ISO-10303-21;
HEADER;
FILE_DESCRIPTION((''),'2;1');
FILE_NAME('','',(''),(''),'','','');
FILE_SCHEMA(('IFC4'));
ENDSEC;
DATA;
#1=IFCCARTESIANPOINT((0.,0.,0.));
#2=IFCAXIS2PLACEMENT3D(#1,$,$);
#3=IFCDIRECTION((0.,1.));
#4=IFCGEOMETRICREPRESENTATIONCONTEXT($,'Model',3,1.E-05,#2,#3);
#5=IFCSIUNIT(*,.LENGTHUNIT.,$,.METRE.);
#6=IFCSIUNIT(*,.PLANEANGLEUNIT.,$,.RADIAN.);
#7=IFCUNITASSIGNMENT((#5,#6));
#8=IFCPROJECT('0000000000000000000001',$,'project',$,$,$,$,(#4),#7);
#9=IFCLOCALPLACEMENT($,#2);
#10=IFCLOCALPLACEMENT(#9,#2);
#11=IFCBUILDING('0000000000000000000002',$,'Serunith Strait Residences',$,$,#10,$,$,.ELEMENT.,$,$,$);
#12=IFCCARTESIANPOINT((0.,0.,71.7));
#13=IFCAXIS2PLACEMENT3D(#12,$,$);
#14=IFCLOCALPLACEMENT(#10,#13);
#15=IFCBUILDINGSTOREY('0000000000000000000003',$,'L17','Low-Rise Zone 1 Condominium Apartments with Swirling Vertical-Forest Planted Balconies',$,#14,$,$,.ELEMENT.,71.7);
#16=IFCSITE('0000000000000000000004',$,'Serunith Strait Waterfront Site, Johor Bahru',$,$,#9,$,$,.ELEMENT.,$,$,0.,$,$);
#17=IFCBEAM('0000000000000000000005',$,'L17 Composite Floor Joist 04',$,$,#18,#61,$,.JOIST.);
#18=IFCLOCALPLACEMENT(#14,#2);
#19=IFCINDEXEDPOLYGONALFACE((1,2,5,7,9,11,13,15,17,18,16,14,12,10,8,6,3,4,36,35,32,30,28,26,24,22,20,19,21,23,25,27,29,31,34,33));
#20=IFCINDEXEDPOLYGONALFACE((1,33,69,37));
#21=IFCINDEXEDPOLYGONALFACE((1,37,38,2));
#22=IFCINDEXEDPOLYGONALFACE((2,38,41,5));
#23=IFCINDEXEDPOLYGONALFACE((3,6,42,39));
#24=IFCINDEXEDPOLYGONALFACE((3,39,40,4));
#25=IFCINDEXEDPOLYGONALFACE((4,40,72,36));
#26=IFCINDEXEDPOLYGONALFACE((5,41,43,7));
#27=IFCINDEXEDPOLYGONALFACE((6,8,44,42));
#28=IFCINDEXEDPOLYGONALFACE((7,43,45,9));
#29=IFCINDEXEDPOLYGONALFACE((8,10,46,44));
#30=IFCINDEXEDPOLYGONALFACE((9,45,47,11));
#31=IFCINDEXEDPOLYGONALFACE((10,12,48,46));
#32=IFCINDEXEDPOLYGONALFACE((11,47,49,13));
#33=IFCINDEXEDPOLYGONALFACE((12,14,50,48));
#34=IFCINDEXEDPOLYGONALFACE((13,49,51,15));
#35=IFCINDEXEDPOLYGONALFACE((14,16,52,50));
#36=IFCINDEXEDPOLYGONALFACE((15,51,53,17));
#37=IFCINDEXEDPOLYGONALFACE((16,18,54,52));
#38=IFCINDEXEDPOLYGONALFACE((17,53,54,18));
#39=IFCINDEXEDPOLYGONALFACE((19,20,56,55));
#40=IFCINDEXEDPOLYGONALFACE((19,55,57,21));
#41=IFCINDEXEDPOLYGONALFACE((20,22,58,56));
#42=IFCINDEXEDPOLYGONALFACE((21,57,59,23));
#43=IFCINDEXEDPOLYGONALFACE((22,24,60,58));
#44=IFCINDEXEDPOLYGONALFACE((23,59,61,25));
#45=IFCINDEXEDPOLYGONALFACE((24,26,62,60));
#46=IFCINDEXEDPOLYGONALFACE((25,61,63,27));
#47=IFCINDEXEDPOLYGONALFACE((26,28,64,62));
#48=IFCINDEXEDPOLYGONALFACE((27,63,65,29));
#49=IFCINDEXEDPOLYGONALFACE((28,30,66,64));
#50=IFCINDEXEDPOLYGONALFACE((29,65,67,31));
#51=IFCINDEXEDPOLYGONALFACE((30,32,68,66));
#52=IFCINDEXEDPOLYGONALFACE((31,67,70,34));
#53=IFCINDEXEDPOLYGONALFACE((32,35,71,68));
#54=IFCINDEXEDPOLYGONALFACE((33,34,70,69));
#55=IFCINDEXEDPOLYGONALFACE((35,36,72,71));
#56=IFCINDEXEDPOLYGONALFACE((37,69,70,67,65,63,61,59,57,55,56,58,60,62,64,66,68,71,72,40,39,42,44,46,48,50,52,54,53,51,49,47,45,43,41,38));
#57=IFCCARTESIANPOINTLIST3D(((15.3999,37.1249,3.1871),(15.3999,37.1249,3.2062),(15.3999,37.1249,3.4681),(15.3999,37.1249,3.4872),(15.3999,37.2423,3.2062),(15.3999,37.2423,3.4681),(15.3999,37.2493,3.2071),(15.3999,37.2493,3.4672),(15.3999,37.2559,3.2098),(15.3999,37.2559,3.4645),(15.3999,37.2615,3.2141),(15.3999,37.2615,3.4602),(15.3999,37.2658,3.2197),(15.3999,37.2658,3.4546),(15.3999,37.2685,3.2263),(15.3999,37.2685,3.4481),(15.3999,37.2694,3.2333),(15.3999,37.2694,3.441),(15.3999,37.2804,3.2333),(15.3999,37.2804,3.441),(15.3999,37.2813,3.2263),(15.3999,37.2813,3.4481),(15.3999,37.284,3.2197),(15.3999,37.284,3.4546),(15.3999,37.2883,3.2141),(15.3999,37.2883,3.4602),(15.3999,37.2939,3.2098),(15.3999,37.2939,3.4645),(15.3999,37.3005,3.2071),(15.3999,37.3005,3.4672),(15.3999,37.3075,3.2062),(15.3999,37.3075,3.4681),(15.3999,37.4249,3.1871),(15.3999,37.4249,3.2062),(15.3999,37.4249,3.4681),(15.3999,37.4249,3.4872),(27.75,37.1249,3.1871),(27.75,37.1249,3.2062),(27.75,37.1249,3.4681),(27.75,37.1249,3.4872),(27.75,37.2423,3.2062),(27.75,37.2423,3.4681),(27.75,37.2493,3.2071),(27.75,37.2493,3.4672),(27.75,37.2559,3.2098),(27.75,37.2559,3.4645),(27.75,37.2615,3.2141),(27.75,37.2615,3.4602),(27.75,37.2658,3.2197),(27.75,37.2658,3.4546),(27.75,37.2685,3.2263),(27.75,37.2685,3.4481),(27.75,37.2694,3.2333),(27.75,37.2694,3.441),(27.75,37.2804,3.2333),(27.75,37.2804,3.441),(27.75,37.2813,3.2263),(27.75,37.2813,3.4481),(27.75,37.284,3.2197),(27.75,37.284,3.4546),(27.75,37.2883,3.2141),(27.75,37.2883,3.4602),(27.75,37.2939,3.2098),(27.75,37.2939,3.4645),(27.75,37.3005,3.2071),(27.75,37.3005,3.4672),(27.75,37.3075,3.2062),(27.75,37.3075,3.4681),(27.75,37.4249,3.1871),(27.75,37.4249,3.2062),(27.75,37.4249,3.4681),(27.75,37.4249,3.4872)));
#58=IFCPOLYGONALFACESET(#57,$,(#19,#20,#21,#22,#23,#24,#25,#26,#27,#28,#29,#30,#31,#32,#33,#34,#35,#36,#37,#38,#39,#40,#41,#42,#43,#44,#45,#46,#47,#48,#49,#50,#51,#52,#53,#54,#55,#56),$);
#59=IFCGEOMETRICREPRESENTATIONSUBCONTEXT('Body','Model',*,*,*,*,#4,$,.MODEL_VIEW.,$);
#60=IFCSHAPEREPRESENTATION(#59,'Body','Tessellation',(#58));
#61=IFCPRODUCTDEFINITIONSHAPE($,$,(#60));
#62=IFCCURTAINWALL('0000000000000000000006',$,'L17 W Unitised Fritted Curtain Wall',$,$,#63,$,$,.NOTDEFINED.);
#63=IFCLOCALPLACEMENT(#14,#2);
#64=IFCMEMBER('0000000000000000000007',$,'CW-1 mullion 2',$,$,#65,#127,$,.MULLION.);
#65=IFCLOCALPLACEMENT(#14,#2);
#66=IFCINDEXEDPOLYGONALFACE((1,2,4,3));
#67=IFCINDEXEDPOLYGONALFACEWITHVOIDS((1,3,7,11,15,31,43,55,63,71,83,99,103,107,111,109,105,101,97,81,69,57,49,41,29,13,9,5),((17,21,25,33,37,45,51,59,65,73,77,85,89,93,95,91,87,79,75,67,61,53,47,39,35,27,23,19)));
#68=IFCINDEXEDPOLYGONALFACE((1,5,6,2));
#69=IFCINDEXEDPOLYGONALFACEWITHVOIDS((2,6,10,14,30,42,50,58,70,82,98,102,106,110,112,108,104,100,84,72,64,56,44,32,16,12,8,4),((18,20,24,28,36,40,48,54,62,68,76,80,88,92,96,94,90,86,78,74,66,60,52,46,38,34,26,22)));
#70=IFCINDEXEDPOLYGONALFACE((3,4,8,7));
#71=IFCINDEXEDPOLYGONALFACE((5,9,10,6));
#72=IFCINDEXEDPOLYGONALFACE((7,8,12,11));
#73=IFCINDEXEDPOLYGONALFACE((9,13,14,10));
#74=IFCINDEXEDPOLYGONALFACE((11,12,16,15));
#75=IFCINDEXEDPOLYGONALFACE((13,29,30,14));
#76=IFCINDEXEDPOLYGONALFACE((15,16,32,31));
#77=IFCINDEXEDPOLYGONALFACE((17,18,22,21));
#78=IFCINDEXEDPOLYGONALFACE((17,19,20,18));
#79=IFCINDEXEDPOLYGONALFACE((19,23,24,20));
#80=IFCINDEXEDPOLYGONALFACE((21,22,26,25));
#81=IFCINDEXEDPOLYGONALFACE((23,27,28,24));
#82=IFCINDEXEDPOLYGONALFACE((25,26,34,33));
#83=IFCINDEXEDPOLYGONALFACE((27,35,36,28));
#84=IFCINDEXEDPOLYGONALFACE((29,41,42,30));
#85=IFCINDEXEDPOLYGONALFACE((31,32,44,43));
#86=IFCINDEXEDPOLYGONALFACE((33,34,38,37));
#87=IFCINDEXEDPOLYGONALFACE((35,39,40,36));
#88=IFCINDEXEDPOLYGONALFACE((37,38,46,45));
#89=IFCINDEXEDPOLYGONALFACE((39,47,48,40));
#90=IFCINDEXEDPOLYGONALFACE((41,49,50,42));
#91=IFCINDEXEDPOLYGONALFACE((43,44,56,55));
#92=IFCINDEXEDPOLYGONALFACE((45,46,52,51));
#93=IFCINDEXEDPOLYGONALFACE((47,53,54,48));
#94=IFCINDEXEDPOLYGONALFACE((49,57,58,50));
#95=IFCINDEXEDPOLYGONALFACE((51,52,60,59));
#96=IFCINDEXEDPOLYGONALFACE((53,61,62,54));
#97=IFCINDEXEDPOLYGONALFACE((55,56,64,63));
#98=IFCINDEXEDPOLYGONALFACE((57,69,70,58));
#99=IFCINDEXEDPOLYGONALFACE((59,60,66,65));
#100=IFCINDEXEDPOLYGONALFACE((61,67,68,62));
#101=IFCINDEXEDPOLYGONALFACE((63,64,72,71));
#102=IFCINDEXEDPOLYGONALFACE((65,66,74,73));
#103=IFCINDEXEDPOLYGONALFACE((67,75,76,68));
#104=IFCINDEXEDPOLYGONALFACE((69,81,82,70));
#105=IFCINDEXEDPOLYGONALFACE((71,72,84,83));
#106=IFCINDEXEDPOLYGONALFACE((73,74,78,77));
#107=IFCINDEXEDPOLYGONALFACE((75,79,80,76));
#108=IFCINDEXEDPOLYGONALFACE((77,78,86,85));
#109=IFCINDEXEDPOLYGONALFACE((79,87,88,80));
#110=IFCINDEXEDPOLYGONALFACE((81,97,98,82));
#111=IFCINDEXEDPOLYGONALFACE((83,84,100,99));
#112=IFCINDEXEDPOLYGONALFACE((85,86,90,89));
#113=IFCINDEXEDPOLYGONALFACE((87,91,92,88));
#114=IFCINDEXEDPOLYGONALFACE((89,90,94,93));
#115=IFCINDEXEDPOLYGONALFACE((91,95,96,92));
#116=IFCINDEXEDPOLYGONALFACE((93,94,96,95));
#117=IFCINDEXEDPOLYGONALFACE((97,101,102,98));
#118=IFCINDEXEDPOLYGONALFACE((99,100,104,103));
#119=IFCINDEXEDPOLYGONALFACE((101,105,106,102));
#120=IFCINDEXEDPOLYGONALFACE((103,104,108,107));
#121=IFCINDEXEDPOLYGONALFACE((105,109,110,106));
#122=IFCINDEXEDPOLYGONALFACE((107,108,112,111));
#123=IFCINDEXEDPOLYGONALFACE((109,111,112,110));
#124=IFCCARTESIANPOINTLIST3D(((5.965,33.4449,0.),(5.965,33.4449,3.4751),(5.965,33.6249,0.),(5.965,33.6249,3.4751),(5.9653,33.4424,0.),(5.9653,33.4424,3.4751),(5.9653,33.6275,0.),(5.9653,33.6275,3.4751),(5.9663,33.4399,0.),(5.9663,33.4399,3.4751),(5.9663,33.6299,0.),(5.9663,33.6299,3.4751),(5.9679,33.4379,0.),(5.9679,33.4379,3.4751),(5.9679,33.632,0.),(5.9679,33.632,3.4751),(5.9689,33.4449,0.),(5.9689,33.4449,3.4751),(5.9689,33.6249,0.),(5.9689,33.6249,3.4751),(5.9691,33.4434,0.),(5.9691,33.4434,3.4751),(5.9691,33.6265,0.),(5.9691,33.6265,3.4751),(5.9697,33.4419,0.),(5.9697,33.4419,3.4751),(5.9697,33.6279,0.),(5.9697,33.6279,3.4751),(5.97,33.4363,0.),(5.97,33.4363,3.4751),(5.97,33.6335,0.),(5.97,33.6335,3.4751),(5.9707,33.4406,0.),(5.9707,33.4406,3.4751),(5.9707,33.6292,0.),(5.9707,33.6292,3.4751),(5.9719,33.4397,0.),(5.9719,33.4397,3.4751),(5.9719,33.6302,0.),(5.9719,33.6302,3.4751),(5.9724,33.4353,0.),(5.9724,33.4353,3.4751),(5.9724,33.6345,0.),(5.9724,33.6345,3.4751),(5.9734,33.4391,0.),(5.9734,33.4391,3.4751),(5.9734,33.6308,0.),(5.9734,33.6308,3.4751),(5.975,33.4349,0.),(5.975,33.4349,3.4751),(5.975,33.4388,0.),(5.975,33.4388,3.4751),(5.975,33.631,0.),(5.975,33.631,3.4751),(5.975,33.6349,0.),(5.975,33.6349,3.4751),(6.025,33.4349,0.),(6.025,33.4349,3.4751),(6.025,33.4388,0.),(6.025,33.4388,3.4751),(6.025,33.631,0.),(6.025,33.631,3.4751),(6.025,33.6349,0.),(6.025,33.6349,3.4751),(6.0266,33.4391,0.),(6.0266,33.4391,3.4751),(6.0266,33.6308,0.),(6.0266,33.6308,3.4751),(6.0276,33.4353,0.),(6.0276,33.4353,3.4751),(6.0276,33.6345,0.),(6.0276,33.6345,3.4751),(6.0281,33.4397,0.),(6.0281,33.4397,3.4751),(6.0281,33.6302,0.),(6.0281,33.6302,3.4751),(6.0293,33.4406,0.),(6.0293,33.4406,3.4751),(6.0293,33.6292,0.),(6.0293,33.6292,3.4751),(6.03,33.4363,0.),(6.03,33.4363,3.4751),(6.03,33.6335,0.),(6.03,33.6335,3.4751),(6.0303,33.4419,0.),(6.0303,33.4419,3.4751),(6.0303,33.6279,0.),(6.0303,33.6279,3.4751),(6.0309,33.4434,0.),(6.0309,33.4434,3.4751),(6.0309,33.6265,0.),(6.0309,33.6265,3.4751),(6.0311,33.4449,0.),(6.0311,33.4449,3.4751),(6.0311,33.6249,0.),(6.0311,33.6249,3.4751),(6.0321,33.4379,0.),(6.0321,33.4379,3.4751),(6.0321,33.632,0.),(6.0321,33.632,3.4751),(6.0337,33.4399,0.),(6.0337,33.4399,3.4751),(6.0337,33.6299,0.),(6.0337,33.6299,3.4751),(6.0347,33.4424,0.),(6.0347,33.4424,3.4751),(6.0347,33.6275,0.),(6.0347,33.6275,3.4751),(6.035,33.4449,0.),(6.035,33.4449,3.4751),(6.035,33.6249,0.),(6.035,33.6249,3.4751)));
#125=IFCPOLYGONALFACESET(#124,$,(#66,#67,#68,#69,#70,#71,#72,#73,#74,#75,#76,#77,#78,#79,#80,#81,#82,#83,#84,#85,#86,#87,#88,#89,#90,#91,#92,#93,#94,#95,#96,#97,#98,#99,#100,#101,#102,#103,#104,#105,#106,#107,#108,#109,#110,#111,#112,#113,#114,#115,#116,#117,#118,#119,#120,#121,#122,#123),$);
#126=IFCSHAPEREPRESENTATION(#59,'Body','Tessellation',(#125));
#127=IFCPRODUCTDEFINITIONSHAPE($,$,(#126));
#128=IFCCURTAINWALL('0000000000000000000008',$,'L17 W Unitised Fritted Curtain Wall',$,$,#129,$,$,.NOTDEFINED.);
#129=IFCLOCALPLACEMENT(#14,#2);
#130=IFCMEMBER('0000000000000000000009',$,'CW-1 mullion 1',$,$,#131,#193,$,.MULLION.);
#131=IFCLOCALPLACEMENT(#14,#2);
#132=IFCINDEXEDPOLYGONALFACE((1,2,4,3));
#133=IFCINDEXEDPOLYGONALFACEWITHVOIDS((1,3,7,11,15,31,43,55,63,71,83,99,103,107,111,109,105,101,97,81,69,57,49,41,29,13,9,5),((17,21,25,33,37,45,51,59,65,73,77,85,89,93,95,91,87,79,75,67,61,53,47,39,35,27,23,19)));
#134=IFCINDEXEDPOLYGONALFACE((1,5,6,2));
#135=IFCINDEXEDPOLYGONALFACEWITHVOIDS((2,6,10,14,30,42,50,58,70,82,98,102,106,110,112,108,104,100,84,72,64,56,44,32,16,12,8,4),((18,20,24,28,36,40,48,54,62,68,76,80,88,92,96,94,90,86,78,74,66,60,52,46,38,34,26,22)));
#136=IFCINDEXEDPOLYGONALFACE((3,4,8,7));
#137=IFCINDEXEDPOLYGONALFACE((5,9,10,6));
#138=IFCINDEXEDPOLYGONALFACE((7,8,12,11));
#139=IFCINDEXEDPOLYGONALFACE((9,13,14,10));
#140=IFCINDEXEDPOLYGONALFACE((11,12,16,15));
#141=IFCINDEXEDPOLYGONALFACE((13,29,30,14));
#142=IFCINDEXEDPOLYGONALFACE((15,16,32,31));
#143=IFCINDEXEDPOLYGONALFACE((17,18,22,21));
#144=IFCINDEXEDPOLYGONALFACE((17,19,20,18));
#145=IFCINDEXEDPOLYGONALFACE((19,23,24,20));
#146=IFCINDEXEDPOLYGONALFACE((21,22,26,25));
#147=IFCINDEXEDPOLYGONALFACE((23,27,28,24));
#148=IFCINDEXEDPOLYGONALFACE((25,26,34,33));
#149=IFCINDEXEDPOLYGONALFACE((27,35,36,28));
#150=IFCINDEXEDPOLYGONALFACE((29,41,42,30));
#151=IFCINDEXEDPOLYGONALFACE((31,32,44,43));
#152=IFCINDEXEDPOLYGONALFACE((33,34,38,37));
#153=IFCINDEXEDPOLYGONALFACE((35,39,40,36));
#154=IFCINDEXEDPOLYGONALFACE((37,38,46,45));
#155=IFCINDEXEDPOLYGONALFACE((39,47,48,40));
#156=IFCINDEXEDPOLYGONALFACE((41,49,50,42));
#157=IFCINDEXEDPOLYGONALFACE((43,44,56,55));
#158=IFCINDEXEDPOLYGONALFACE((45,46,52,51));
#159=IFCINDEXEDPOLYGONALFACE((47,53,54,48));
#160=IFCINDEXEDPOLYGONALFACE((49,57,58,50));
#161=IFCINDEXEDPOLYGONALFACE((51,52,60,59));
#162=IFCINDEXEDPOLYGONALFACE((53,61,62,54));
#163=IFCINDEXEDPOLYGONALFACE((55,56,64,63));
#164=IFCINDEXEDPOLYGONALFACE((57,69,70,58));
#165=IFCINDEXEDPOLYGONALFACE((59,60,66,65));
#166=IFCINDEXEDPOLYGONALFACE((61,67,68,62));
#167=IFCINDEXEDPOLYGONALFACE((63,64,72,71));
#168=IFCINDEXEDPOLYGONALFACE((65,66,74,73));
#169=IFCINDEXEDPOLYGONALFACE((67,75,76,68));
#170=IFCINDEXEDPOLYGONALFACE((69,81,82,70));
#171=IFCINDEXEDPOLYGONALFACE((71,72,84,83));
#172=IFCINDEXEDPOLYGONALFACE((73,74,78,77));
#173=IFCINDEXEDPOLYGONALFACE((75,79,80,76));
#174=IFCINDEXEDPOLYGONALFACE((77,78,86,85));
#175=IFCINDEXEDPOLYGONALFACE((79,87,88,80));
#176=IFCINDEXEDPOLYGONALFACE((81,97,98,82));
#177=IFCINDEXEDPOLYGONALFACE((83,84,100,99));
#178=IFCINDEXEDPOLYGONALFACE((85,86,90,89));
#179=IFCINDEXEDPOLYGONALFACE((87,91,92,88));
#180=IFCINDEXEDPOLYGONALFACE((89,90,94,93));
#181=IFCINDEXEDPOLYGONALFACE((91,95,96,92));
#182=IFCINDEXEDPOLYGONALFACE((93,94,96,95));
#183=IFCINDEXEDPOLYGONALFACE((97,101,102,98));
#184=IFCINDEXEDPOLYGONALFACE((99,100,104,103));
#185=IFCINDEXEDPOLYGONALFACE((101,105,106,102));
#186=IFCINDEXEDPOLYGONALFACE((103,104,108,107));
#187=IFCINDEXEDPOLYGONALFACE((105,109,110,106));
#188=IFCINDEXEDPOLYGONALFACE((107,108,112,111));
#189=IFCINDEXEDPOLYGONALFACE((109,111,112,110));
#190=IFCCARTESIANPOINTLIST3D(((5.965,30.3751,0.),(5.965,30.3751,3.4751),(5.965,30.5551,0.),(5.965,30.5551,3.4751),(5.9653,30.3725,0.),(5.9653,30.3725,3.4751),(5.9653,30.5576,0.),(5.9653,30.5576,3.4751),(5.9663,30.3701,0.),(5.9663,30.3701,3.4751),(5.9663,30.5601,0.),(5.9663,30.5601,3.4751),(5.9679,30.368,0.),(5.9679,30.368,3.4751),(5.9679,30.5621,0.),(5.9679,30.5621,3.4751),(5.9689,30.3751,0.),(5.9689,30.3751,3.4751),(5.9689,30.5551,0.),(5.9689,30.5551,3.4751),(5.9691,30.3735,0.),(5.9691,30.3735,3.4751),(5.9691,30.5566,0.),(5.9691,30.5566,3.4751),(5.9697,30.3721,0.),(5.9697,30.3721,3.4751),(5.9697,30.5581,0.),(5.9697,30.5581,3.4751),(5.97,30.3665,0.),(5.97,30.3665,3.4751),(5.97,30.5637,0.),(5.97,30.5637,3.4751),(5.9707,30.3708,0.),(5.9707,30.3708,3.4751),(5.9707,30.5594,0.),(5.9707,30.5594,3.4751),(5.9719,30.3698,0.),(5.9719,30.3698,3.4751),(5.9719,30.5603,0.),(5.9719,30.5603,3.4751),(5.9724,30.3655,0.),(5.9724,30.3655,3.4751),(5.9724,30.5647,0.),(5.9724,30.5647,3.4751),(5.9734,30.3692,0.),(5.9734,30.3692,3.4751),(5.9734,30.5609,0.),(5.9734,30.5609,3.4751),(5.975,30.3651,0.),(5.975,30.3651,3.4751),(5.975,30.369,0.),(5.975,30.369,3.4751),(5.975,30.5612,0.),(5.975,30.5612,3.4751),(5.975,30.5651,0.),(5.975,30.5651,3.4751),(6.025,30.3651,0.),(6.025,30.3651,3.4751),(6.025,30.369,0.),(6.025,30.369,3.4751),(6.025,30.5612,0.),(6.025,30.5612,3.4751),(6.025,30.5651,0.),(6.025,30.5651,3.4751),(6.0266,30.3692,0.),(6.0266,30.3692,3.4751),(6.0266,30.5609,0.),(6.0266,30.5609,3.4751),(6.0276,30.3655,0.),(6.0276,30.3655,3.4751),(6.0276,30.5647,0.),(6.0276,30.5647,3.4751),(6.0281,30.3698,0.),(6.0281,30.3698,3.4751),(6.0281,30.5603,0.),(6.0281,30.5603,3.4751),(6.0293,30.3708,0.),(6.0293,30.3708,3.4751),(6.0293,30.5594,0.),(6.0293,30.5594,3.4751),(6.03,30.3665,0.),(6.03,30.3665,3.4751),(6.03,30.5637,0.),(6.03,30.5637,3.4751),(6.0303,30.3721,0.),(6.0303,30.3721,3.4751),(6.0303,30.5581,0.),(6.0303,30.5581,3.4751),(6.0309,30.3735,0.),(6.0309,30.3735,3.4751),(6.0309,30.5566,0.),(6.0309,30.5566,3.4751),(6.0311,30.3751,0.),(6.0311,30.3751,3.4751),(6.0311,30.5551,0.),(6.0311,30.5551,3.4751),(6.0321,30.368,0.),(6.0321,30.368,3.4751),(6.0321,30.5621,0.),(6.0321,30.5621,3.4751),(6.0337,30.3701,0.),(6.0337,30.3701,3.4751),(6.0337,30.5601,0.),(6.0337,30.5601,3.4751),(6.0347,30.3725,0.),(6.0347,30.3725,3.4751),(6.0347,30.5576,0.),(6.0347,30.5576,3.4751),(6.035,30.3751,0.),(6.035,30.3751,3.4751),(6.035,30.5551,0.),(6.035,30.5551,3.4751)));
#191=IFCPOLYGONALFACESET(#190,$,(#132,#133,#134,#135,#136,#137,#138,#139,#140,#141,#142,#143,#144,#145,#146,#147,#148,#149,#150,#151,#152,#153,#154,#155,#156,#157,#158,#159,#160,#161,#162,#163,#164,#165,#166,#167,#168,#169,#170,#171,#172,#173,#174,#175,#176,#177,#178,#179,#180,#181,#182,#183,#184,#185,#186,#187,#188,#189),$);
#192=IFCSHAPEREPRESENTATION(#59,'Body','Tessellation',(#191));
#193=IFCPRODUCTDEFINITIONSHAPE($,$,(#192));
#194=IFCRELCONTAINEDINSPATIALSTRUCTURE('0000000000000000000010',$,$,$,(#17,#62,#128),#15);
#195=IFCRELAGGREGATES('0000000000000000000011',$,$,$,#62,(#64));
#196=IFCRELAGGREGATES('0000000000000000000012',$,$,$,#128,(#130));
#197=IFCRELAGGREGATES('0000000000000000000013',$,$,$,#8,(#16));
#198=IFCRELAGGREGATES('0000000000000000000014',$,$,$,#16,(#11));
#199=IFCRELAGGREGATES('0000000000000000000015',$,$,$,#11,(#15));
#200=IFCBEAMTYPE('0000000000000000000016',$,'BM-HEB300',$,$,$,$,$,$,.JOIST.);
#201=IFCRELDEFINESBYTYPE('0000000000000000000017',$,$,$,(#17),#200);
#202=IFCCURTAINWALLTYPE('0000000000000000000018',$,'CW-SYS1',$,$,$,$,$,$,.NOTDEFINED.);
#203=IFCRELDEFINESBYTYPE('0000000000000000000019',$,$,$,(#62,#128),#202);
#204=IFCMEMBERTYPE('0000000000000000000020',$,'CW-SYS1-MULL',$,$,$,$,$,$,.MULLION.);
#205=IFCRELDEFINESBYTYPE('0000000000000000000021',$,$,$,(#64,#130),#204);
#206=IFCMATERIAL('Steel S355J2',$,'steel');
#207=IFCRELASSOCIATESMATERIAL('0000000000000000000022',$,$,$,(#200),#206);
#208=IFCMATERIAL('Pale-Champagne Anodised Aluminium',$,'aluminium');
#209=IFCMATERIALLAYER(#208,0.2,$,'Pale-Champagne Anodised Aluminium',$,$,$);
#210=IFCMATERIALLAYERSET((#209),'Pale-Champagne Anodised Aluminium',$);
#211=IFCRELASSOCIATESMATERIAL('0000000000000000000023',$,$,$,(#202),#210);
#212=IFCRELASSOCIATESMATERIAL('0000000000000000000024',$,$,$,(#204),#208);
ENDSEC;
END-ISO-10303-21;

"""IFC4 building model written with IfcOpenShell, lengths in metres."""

from ifc_helpers import new_model, si_unit, direction, frame, origin, origin_2d, place, context, subcontext, project, spatial, hollow_rectangle, i_section, extrude, source, transform, mapped, material, layer, layer_set, material_profile, profile_set, type_object, element, aggregate, save


model = new_model("IFC4")

# Units and contexts
model_context = context("Model", 3, precision=1e-05, world=origin(), true_north=direction((0.0, 1.0)))
body_context = subcontext(model_context, "Body", "Model", "MODEL_VIEW")
ifc_project = project(units=[si_unit("LENGTHUNIT", "METRE"), si_unit("PLANEANGLEUNIT", "RADIAN")], contexts=[model_context])

# Site, building, storey
site_placement = place(None, origin())
site = spatial("IfcSite", under=ifc_project, at=site_placement, Name="Serunith Strait Waterfront Site, Johor Bahru", CompositionType="ELEMENT", RefElevation=0.0)
building_placement = place(site_placement, origin())
building = spatial("IfcBuilding", under=site, at=building_placement, Name="Serunith Strait Residences", CompositionType="ELEMENT")
storey_placement = place(building_placement, frame((0.0, 0.0, 71.7)))
storey = spatial("IfcBuildingStorey", under=building, at=storey_placement, Name="L17", Description="Low-Rise Zone 1 Condominium Apartments with Swirling Vertical-Forest Planted Balconies", CompositionType="ELEMENT", Elevation=71.7)

# Beam
ifc_material_1 = material(Name="Steel S355J2", Category="steel")
ifc_material_profile_1 = material_profile(ifc_material_1, i_section(OverallWidth=0.3, OverallDepth=0.3, WebThickness=0.011, FlangeThickness=0.019, FilletRadius=0.0271, at=origin_2d()), Name="HEB 300")
ifc_profile_set_1 = profile_set([ifc_material_profile_1], Name="Steel S355J2")
beam_type_1 = type_object("IfcBeamType", Name="BM-HEB300", PredefinedType="JOIST", material=ifc_profile_set_1)
shared_shape_1 = source(origin(), body_context, "Body", "SweptSolid", [
    extrude(i_section(OverallWidth=0.3, OverallDepth=0.3, WebThickness=0.011, FlangeThickness=0.019, FilletRadius=0.0271, at=origin_2d()), origin(), (0.0, 0.0, 1.0), 12.3501),
])
beam_1_placement = place(storey_placement, frame((15.3999, 37.2749, 3.3372), z_axis=(1.0, 0.0, 0.0), x_axis=(0.0, 1.0, 0.0)))
element("IfcBeam", 1, at=beam_1_placement, inside=storey, type_object=beam_type_1, Name="L17 Composite Floor Joist 04", PredefinedType="JOIST", context=body_context, shape_type="MappedRepresentation", body=[
    mapped(shared_shape_1, transform((0.0, 0.0, 0.0), scale=1.0)),
])

# Curtain wall, member
ifc_material_2 = material(Name="Pale-Champagne Anodised Aluminium", Category="aluminium")
ifc_layer_1 = layer(ifc_material_2, 0.2, Name="Pale-Champagne Anodised Aluminium")
ifc_layer_set_1 = layer_set([ifc_layer_1], Name="Pale-Champagne Anodised Aluminium")
curtain_wall_type = type_object("IfcCurtainWallType", Name="CW-SYS1", PredefinedType="NOTDEFINED", material=ifc_layer_set_1)
curtain_wall_1_placement = place(storey_placement, origin())
curtain_wall_1 = element("IfcCurtainWall", 2, at=curtain_wall_1_placement, inside=storey, type_object=curtain_wall_type, Name="L17 W Unitised Fritted Curtain Wall", PredefinedType="NOTDEFINED")
ifc_material_profile_2 = material_profile(ifc_material_2, hollow_rectangle(XDim=0.0701, YDim=0.2, WallThickness=0.0039, InnerFilletRadius=0.0061, OuterFilletRadius=0.01, at=origin_2d()), Name="ALU 200x70x4")
ifc_profile_set_2 = profile_set([ifc_material_profile_2], Name="Pale-Champagne Anodised Aluminium")
member_type_1 = type_object("IfcMemberType", Name="CW-SYS1-MULL", PredefinedType="MULLION", material=ifc_profile_set_2)
shared_shape_2 = source(origin(), body_context, "Body", "SweptSolid", [
    extrude(hollow_rectangle(XDim=0.0701, YDim=0.2, WallThickness=0.0039, InnerFilletRadius=0.0061, OuterFilletRadius=0.01, at=origin_2d()), origin(), (0.0, 0.0, 1.0), 3.4751),
])
member_1_placement = place(storey_placement, frame((6.0, 33.5349, 0.0), z_axis=(0.0, 0.0, 1.0), x_axis=(1.0, 0.0, 0.0)))
member_1 = element("IfcMember", 3, at=member_1_placement, type_object=member_type_1, Name="CW-1 mullion 2", PredefinedType="MULLION", context=body_context, shape_type="MappedRepresentation", body=[
    mapped(shared_shape_2, transform((0.0, 0.0, 0.0), scale=1.0)),
])

# Curtain wall, member
curtain_wall_2_placement = place(storey_placement, origin())
curtain_wall_2 = element("IfcCurtainWall", 4, at=curtain_wall_2_placement, inside=storey, type_object=curtain_wall_type, Name="L17 W Unitised Fritted Curtain Wall", PredefinedType="NOTDEFINED")
member_2_placement = place(storey_placement, frame((6.0, 30.4651, 0.0), z_axis=(0.0, 0.0, 1.0), x_axis=(1.0, 0.0, 0.0)))
member_2 = element("IfcMember", 5, at=member_2_placement, type_object=member_type_1, Name="CW-1 mullion 1", PredefinedType="MULLION", context=body_context, shape_type="MappedRepresentation", body=[
    mapped(shared_shape_2, transform((0.0, 0.0, 0.0), scale=1.0)),
])

aggregate(curtain_wall_1, [member_1])
aggregate(curtain_wall_2, [member_2])

save(model, "model.ifc")
